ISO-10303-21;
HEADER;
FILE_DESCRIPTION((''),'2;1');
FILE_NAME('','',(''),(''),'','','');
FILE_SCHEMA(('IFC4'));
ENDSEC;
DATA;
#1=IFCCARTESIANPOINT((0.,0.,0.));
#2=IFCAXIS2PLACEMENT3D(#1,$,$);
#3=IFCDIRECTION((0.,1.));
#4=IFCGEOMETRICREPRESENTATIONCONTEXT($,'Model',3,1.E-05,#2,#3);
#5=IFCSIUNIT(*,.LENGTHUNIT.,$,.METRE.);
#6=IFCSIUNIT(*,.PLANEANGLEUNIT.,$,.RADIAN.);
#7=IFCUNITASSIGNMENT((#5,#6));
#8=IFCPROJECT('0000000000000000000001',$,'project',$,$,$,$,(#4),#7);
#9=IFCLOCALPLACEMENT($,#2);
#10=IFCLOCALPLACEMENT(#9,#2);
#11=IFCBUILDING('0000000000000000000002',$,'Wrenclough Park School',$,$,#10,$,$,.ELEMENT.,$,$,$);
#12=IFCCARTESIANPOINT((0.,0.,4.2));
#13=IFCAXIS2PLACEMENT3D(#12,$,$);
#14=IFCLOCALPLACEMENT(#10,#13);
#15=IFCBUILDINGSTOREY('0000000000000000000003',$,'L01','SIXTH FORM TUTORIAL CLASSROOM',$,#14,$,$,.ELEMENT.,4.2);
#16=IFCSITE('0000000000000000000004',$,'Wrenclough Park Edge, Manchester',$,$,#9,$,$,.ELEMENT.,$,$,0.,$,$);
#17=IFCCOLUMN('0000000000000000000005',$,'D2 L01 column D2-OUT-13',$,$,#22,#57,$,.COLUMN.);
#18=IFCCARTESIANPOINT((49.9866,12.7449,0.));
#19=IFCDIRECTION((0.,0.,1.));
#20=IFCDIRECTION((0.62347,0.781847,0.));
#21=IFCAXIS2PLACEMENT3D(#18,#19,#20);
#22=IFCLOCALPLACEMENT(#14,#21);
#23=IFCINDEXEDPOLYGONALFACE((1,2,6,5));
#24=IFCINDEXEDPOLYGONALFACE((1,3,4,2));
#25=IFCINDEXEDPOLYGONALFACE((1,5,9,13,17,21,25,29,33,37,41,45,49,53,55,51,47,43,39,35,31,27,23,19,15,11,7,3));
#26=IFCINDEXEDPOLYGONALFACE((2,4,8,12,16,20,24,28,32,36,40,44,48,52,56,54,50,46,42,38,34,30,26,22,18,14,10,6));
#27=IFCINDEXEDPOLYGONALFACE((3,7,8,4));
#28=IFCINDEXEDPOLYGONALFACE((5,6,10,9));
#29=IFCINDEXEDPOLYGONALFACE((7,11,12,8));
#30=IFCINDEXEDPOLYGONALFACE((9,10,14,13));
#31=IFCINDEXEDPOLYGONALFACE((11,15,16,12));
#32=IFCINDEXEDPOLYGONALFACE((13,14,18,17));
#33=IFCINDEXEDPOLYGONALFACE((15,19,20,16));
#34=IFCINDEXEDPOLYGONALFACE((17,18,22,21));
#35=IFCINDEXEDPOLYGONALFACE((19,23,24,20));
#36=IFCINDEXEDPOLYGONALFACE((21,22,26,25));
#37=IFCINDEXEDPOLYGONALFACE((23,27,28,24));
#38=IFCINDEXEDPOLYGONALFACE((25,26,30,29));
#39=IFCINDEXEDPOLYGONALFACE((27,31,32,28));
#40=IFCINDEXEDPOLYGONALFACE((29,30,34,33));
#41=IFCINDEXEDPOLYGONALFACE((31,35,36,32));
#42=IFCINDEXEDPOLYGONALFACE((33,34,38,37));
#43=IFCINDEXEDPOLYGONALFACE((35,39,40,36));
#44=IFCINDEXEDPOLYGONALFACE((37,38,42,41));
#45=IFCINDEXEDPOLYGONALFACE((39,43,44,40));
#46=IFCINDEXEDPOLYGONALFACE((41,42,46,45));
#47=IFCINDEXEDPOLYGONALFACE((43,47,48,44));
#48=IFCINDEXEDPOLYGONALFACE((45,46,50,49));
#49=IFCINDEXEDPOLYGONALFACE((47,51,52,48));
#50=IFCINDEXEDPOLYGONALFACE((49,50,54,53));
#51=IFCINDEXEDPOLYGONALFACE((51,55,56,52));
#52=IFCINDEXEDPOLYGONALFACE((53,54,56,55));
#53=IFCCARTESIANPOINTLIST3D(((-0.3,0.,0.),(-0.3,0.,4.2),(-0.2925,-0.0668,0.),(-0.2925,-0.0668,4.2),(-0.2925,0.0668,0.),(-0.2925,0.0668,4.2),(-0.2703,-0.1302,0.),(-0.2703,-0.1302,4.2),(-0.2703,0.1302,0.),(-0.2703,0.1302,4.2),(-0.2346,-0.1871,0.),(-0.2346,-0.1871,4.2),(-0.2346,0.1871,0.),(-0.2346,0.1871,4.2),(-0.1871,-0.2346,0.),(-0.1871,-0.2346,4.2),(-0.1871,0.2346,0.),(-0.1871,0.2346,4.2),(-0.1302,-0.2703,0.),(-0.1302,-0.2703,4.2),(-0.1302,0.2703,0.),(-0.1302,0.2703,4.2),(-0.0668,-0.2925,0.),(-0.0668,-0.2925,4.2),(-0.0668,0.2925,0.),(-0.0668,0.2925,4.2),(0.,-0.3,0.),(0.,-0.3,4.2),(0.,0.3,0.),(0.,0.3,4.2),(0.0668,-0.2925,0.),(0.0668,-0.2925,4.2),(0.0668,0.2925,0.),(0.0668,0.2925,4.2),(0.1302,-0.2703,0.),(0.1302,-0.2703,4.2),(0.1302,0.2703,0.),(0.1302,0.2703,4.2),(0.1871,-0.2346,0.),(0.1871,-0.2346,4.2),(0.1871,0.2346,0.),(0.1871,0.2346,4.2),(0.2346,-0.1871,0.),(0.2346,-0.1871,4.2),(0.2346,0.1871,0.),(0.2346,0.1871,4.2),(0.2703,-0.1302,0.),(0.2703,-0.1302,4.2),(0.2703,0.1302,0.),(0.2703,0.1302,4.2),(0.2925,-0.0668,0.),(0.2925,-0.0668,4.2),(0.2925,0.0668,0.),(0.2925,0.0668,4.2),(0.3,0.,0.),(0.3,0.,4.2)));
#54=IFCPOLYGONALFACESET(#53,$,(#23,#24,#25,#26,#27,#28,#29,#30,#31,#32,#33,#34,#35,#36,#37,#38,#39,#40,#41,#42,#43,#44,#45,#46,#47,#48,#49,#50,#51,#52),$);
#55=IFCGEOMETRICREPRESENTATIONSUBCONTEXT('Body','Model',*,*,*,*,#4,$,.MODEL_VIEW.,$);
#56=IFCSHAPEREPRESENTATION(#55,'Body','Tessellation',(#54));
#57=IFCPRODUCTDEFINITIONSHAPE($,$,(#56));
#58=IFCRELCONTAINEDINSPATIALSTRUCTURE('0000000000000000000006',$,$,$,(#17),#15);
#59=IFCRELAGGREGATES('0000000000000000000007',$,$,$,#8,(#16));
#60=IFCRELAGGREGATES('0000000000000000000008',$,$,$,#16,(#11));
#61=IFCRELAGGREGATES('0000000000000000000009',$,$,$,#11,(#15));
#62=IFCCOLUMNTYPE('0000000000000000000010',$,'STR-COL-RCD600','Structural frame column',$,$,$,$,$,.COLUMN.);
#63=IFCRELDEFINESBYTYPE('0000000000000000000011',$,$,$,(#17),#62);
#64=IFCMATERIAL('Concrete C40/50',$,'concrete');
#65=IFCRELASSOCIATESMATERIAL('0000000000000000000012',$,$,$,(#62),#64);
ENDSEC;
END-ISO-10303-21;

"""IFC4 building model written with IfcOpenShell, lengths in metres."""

from ifc_helpers import new_model, si_unit, direction, frame, origin, origin_2d, place, context, subcontext, project, spatial, circle, extrude, material, material_profile, profile_set, type_object, element, save


model = new_model("IFC4")

# Units and contexts
model_context = context("Model", 3, precision=1e-05, world=origin(), true_north=direction((0.0, 1.0)))
body_context = subcontext(model_context, "Body", "Model", "MODEL_VIEW")
ifc_project = project(units=[si_unit("LENGTHUNIT", "METRE"), si_unit("PLANEANGLEUNIT", "RADIAN")], contexts=[model_context])

# Site, building, storey
site_placement = place(None, origin())
site = spatial("IfcSite", under=ifc_project, at=site_placement, Name="Wrenclough Park Edge, Manchester", CompositionType="ELEMENT", RefElevation=0.0)
building_placement = place(site_placement, origin())
building = spatial("IfcBuilding", under=site, at=building_placement, Name="Wrenclough Park School", CompositionType="ELEMENT")
storey_placement = place(building_placement, frame((0.0, 0.0, 4.2)))
storey = spatial("IfcBuildingStorey", under=building, at=storey_placement, Name="L01", Description="SIXTH FORM TUTORIAL CLASSROOM", CompositionType="ELEMENT", Elevation=4.2)

# Column
ifc_material_1 = material(Name="Concrete C40/50", Category="concrete")
ifc_material_profile_1 = material_profile(ifc_material_1, circle(Radius=0.3, at=origin_2d()), Name="RC COL D600")
ifc_profile_set_1 = profile_set([ifc_material_profile_1], Name="Concrete C40/50")
column_type_1 = type_object("IfcColumnType", Name="STR-COL-RCD600", Description="Structural frame column", PredefinedType="COLUMN", material=ifc_profile_set_1)
column_1_placement = place(storey_placement, frame((49.9866, 12.7449, 0.0), z_axis=(0.0, 0.0, 1.0), x_axis=(0.62347, 0.781847, 0.0)))
element("IfcColumn", 1, at=column_1_placement, inside=storey, type_object=column_type_1, Name="D2 L01 column D2-OUT-13", PredefinedType="COLUMN", context=body_context, shape_type="SweptSolid", body=[
    extrude(circle(Radius=0.3, at=origin_2d()), origin(), (0.0, 0.0, 1.0), 4.2),
])

save(model, "model.ifc")
